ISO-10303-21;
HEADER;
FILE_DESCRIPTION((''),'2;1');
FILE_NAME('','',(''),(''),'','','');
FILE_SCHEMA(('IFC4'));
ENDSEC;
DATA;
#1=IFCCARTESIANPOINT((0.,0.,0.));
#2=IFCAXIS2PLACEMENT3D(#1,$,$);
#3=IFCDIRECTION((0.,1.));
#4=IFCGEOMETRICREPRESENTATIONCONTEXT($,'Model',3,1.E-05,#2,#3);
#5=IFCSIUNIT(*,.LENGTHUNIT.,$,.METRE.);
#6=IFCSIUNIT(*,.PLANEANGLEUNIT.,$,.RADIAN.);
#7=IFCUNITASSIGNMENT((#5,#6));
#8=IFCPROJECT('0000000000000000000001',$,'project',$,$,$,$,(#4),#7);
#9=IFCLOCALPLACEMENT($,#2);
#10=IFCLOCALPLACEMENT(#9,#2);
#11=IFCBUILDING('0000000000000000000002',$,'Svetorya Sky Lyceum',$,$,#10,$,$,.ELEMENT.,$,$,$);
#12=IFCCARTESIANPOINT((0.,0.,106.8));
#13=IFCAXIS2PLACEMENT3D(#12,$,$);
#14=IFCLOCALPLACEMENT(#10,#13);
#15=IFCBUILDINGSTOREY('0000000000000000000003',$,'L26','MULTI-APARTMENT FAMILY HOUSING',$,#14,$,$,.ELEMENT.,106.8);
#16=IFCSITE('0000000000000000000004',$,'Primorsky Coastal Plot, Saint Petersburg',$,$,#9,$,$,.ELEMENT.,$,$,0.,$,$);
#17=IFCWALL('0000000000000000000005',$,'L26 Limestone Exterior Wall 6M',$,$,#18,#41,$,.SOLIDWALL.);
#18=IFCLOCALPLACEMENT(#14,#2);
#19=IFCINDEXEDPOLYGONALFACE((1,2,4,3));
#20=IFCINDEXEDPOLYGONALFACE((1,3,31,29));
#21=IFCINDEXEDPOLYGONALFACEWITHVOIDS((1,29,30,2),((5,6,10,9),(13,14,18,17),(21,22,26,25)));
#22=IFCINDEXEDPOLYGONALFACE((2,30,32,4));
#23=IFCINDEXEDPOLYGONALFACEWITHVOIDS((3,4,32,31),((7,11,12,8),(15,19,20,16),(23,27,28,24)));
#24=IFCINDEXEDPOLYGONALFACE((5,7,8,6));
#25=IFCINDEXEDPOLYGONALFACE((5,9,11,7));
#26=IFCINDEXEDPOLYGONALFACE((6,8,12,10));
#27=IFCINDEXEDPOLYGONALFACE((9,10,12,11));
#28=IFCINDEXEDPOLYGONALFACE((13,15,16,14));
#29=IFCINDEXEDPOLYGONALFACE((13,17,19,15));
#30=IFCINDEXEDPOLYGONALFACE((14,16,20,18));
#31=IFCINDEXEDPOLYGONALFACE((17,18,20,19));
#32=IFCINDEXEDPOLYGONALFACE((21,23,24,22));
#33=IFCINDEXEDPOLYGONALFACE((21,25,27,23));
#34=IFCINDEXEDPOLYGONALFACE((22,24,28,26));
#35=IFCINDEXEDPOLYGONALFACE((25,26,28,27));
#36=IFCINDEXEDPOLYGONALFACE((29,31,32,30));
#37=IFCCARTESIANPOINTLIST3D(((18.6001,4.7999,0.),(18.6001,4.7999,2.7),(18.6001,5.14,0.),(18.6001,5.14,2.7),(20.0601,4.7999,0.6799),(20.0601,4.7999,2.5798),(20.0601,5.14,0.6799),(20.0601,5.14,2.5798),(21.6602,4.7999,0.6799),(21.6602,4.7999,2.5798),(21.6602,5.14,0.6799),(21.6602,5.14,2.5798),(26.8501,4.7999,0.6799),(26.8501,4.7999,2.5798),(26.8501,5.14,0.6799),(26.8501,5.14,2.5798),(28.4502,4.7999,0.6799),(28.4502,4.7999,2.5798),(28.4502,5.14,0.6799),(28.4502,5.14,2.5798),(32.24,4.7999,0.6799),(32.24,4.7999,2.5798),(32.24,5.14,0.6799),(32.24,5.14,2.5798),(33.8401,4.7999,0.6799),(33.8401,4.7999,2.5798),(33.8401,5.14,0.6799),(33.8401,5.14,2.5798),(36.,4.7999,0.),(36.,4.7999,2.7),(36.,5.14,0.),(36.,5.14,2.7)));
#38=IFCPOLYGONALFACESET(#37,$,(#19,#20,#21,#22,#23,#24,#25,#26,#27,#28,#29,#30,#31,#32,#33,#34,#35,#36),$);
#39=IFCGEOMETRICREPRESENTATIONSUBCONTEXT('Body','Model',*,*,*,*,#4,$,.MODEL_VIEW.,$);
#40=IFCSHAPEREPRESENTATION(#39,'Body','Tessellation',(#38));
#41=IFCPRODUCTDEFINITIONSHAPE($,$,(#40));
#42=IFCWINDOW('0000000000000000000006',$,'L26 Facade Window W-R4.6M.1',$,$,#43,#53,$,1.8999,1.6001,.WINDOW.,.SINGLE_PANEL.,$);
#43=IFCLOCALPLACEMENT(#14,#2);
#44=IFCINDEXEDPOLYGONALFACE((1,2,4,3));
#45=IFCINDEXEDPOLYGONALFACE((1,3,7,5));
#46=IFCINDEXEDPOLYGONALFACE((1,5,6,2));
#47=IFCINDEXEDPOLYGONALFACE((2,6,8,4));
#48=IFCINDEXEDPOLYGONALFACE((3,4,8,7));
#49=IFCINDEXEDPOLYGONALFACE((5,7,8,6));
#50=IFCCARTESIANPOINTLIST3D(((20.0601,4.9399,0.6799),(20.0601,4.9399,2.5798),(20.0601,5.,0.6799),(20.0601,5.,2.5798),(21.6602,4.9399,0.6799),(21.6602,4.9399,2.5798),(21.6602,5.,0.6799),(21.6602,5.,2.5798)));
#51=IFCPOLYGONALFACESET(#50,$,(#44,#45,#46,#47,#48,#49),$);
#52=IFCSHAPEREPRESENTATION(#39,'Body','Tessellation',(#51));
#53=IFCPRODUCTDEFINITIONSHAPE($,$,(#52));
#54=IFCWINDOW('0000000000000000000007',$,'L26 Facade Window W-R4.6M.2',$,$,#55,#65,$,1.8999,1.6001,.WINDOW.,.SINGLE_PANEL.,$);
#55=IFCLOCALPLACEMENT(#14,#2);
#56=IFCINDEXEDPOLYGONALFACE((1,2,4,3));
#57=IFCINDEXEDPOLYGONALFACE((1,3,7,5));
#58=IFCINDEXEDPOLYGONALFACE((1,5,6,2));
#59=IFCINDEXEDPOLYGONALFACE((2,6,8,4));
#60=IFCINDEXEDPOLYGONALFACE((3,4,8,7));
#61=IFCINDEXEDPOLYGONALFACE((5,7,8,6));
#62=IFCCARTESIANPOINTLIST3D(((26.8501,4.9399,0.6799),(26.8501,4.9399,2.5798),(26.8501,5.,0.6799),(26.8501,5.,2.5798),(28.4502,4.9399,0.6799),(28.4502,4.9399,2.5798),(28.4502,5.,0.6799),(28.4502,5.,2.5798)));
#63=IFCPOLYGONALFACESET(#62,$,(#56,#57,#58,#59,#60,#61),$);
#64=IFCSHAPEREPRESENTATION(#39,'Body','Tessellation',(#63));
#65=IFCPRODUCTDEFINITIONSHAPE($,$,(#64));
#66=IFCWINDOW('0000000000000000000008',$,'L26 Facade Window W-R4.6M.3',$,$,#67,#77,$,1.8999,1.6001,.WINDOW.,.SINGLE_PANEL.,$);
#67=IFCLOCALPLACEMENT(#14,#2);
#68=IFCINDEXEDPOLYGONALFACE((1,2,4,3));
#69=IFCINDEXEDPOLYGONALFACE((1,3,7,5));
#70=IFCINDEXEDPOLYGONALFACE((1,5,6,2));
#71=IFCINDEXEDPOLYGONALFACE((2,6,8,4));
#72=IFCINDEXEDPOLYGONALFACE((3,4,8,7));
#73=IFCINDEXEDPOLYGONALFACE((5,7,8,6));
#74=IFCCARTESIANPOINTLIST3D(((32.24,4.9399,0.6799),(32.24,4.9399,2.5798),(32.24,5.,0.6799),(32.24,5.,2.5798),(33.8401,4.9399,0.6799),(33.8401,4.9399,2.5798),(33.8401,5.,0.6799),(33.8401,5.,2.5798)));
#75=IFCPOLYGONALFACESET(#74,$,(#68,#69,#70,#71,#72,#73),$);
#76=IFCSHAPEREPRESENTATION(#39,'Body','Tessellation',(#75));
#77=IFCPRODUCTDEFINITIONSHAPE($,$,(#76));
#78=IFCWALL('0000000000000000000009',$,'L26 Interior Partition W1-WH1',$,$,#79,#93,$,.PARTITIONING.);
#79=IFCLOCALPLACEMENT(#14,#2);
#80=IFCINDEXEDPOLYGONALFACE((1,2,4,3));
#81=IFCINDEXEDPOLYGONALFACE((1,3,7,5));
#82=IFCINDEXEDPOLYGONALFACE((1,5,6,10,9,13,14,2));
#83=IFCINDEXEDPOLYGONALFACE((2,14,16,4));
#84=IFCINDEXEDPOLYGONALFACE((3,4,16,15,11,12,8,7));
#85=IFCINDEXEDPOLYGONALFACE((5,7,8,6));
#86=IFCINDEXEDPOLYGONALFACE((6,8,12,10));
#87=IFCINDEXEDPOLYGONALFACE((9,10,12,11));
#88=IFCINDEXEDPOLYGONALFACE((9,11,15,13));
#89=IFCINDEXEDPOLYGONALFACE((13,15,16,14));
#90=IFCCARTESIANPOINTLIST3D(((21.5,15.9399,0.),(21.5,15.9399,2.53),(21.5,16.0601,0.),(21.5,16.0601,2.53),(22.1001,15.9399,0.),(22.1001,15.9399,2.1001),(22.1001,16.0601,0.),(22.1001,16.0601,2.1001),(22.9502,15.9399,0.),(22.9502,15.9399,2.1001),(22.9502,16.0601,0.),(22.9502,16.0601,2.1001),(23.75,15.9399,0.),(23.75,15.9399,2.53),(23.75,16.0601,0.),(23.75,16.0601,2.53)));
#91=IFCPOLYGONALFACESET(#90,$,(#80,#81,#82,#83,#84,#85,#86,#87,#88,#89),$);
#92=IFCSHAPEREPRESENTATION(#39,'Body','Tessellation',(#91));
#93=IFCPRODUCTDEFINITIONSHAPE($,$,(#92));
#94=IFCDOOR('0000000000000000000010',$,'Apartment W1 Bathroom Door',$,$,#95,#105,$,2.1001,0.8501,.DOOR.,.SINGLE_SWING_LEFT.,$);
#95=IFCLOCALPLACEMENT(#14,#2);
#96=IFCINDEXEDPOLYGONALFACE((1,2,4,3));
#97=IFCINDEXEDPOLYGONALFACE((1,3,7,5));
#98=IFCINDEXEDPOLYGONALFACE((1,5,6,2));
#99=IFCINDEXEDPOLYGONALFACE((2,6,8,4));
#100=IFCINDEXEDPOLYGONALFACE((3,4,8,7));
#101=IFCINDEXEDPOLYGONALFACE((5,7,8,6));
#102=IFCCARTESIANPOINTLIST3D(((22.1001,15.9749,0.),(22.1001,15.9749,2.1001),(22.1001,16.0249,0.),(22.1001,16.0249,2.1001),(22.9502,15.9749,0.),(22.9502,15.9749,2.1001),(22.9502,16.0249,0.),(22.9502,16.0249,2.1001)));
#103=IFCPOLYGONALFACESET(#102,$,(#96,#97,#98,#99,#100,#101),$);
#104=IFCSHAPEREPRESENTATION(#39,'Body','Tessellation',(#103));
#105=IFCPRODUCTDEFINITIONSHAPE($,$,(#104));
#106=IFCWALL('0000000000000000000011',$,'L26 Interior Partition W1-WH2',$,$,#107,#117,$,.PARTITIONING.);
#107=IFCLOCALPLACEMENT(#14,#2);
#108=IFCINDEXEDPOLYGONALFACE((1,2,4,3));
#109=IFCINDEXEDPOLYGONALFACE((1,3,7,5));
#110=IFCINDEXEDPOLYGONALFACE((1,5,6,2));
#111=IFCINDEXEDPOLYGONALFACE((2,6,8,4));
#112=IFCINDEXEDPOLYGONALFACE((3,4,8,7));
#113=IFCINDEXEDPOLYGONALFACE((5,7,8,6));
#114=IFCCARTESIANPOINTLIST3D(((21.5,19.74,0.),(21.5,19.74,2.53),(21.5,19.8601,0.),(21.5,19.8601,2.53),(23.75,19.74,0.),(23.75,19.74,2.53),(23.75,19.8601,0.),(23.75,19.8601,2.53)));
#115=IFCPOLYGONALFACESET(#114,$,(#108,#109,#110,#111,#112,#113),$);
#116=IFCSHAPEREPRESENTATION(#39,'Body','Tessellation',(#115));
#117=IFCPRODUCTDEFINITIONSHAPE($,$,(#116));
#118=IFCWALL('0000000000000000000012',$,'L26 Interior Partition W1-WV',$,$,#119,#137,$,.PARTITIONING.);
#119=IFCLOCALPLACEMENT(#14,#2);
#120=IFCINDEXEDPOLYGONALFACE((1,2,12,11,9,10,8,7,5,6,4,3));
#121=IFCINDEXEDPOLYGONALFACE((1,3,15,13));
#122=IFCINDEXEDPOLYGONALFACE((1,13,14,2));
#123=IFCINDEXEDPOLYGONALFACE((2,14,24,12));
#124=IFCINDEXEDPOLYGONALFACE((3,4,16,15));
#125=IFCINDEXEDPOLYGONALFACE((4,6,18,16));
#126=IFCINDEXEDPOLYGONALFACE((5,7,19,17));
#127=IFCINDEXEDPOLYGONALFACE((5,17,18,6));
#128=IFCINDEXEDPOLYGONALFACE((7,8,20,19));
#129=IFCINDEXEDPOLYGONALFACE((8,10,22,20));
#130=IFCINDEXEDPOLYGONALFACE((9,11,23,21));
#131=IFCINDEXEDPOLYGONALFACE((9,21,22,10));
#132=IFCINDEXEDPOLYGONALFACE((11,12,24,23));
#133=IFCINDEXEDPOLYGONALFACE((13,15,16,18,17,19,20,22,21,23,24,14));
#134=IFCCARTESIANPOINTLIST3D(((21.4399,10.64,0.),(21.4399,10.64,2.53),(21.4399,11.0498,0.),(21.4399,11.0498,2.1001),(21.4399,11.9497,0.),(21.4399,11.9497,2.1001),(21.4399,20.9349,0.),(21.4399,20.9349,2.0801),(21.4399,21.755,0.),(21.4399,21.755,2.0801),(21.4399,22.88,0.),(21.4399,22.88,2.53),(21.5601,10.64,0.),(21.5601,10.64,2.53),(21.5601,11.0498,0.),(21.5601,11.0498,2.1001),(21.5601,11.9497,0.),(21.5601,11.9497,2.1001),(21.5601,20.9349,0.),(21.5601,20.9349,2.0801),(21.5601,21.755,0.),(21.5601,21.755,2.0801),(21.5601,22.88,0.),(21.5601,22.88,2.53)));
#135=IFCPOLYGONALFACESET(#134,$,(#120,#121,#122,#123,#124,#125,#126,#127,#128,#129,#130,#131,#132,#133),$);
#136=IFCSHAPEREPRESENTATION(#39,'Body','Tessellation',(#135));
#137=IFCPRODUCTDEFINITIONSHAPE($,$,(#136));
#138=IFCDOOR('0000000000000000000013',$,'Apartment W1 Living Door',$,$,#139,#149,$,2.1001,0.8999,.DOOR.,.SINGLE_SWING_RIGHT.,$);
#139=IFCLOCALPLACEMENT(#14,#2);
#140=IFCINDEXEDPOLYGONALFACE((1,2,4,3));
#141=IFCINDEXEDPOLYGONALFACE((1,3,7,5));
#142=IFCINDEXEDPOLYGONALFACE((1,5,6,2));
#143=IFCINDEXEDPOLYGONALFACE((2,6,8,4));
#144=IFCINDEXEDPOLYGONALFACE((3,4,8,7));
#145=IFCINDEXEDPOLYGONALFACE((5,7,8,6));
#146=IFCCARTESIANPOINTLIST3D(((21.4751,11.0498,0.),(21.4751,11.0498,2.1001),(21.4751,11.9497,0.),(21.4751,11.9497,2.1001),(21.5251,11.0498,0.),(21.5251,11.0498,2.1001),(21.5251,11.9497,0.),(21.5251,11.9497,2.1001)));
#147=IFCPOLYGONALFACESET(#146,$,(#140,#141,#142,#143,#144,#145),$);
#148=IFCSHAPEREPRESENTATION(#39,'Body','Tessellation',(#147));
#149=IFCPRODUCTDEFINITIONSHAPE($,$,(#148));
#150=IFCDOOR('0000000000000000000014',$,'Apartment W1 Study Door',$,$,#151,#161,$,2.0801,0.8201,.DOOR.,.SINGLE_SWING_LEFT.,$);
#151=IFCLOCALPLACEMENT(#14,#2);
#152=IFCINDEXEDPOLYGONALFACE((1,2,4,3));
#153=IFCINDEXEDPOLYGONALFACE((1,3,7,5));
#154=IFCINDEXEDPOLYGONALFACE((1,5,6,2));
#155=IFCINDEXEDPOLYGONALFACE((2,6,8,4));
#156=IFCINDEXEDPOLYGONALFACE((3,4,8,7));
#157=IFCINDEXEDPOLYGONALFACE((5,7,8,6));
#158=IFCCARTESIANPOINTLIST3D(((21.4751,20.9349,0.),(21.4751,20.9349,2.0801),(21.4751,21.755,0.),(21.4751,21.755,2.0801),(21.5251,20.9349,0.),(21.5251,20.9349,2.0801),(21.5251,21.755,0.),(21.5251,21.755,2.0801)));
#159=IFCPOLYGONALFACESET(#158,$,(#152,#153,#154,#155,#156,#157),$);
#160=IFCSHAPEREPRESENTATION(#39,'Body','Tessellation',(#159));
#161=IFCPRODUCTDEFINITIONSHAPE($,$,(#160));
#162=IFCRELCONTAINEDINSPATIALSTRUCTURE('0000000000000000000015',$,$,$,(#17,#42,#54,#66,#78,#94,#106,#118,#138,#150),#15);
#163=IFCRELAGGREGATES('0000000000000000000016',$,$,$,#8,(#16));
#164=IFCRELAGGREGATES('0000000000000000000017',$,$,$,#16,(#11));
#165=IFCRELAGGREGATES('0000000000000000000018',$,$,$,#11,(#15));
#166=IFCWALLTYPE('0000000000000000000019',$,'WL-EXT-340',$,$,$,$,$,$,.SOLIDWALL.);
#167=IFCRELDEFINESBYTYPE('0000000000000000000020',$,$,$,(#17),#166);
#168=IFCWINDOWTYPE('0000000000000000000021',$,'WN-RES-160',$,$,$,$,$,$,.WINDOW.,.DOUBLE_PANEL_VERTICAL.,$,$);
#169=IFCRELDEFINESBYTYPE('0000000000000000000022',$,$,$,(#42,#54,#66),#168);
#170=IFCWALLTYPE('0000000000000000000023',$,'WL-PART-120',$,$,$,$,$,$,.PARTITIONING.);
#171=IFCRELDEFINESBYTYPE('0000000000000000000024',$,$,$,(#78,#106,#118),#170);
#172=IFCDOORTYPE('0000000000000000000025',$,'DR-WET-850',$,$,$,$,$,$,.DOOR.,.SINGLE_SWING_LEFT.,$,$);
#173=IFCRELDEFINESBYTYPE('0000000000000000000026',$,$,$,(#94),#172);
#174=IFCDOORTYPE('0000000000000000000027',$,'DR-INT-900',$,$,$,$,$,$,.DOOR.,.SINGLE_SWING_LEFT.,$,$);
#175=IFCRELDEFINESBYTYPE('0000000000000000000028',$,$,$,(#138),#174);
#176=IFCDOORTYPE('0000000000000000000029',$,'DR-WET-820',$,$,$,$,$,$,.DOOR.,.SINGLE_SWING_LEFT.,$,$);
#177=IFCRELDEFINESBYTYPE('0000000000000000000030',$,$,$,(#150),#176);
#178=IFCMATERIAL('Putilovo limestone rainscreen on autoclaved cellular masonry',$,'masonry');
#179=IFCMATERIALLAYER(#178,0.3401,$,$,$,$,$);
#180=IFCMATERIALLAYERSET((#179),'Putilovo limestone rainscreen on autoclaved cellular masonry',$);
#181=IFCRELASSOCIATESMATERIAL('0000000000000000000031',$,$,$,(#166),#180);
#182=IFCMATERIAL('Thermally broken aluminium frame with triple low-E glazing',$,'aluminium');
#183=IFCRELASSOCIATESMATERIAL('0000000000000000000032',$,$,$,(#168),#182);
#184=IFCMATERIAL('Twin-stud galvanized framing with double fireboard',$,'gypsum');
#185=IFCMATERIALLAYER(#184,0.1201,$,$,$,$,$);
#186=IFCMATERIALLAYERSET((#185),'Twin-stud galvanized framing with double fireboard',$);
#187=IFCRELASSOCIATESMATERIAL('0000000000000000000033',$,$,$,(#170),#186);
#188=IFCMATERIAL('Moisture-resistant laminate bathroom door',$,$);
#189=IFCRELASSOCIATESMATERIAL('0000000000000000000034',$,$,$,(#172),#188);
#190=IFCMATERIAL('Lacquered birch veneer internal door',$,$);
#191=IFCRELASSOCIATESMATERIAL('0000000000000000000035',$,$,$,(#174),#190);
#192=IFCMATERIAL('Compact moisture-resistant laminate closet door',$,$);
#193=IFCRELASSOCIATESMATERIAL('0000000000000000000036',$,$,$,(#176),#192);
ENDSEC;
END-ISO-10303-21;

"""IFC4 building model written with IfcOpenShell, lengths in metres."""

from ifc_helpers import new_model, si_unit, direction, frame, frame_2d, origin, place, context, subcontext, project, spatial, rectangle, extrude, material, layer, layer_set, type_object, element, fill, save


model = new_model("IFC4")

# Units and contexts
model_context = context("Model", 3, precision=1e-05, world=origin(), true_north=direction((0.0, 1.0)))
body_context = subcontext(model_context, "Body", "Model", "MODEL_VIEW")
ifc_project = project(units=[si_unit("LENGTHUNIT", "METRE"), si_unit("PLANEANGLEUNIT", "RADIAN")], contexts=[model_context])

# Site, building, storey
site_placement = place(None, origin())
site = spatial("IfcSite", under=ifc_project, at=site_placement, Name="Primorsky Coastal Plot, Saint Petersburg", CompositionType="ELEMENT", RefElevation=0.0)
building_placement = place(site_placement, origin())
building = spatial("IfcBuilding", under=site, at=building_placement, Name="Svetorya Sky Lyceum", CompositionType="ELEMENT")
storey_placement = place(building_placement, frame((0.0, 0.0, 106.8)))
storey = spatial("IfcBuildingStorey", under=building, at=storey_placement, Name="L26", Description="MULTI-APARTMENT FAMILY HOUSING", CompositionType="ELEMENT", Elevation=106.8)

# Shared definitions
ifc_material_1 = material(Name="Putilovo limestone rainscreen on autoclaved cellular masonry", Category="masonry")
ifc_layer_1 = layer(ifc_material_1, 0.3401)
ifc_layer_set_1 = layer_set([ifc_layer_1], Name="Putilovo limestone rainscreen on autoclaved cellular masonry")
wall_type_1 = type_object("IfcWallType", Name="WL-EXT-340", PredefinedType="SOLIDWALL", material=ifc_layer_set_1)

# Wall, openings, windows
wall_1_placement = place(storey_placement, frame((18.6001, 4.97, 0.0), z_axis=(0.0, 0.0, 1.0), x_axis=(1.0, 0.0, 0.0)))
wall_1 = element("IfcWall", 1, at=wall_1_placement, inside=storey, type_object=wall_type_1, Name="L26 Limestone Exterior Wall 6M", PredefinedType="SOLIDWALL", context=body_context, shape_type="SweptSolid", body=[
    extrude(rectangle(XDim=17.3999, YDim=0.3401, at=frame_2d((8.7, 0.0))), origin(), (0.0, 0.0, 1.0), 2.7),
])
opening_1_placement = place(wall_1_placement, frame((1.46, 0.0, 0.6799)))
opening_1 = element("IfcOpeningElement", 2, at=opening_1_placement, cuts=wall_1, PredefinedType="OPENING", context=body_context, shape_type="SweptSolid", body=[
    extrude(rectangle(XDim=1.6001, YDim=1.8999, at=frame_2d((0.8, 0.95))), frame((0.0, 0.1799, 0.0), z_axis=(0.0, -1.0, 0.0), x_axis=(1.0, 0.0, 0.0)), (0.0, 0.0, 1.0), 0.3601),
])
opening_2_placement = place(wall_1_placement, frame((8.25, 0.0, 0.6799)))
opening_2 = element("IfcOpeningElement", 3, at=opening_2_placement, cuts=wall_1, PredefinedType="OPENING", context=body_context, shape_type="SweptSolid", body=[
    extrude(rectangle(XDim=1.6001, YDim=1.8999, at=frame_2d((0.8, 0.95))), frame((0.0, 0.1799, 0.0), z_axis=(0.0, -1.0, 0.0), x_axis=(1.0, 0.0, 0.0)), (0.0, 0.0, 1.0), 0.3601),
])
opening_3_placement = place(wall_1_placement, frame((13.6399, 0.0, 0.6799)))
opening_3 = element("IfcOpeningElement", 4, at=opening_3_placement, cuts=wall_1, PredefinedType="OPENING", context=body_context, shape_type="SweptSolid", body=[
    extrude(rectangle(XDim=1.6001, YDim=1.8999, at=frame_2d((0.8, 0.95))), frame((0.0, 0.1799, 0.0), z_axis=(0.0, -1.0, 0.0), x_axis=(1.0, 0.0, 0.0)), (0.0, 0.0, 1.0), 0.3601),
])
ifc_material_2 = material(Name="Thermally broken aluminium frame with triple low-E glazing", Category="aluminium")
window_type = type_object("IfcWindowType", Name="WN-RES-160", PartitioningType="DOUBLE_PANEL_VERTICAL", PredefinedType="WINDOW", material=ifc_material_2)
window_1_placement = place(opening_1_placement, origin())
window_1 = element("IfcWindow", 5, at=window_1_placement, inside=storey, type_object=window_type, Name="L26 Facade Window W-R4.6M.1", OverallHeight=1.8999, OverallWidth=1.6001, PartitioningType="SINGLE_PANEL", PredefinedType="WINDOW", context=body_context, shape_type="SweptSolid", body=[
    extrude(rectangle(XDim=1.6001, YDim=1.8999, at=frame_2d((0.8, 0.95))), frame((0.0, 0.03, 0.0), z_axis=(0.0, -1.0, 0.0), x_axis=(1.0, 0.0, 0.0)), (0.0, 0.0, 1.0), 0.0601),
])
fill(opening_1, window_1)
window_2_placement = place(opening_2_placement, origin())
window_2 = element("IfcWindow", 6, at=window_2_placement, inside=storey, type_object=window_type, Name="L26 Facade Window W-R4.6M.2", OverallHeight=1.8999, OverallWidth=1.6001, PartitioningType="SINGLE_PANEL", PredefinedType="WINDOW", context=body_context, shape_type="SweptSolid", body=[
    extrude(rectangle(XDim=1.6001, YDim=1.8999, at=frame_2d((0.8, 0.95))), frame((0.0, 0.03, 0.0), z_axis=(0.0, -1.0, 0.0), x_axis=(1.0, 0.0, 0.0)), (0.0, 0.0, 1.0), 0.0601),
])
fill(opening_2, window_2)
window_3_placement = place(opening_3_placement, origin())
window_3 = element("IfcWindow", 7, at=window_3_placement, inside=storey, type_object=window_type, Name="L26 Facade Window W-R4.6M.3", OverallHeight=1.8999, OverallWidth=1.6001, PartitioningType="SINGLE_PANEL", PredefinedType="WINDOW", context=body_context, shape_type="SweptSolid", body=[
    extrude(rectangle(XDim=1.6001, YDim=1.8999, at=frame_2d((0.8, 0.95))), frame((0.0, 0.03, 0.0), z_axis=(0.0, -1.0, 0.0), x_axis=(1.0, 0.0, 0.0)), (0.0, 0.0, 1.0), 0.0601),
])
fill(opening_3, window_3)

# Wall, opening, door
ifc_material_3 = material(Name="Twin-stud galvanized framing with double fireboard", Category="gypsum")
ifc_layer_2 = layer(ifc_material_3, 0.1201)
ifc_layer_set_2 = layer_set([ifc_layer_2], Name="Twin-stud galvanized framing with double fireboard")
wall_type_2 = type_object("IfcWallType", Name="WL-PART-120", PredefinedType="PARTITIONING", material=ifc_layer_set_2)
wall_2_placement = place(storey_placement, frame((21.5, 16.0, 0.0), z_axis=(0.0, 0.0, 1.0), x_axis=(1.0, 0.0, 0.0)))
wall_2 = element("IfcWall", 8, at=wall_2_placement, inside=storey, type_object=wall_type_2, Name="L26 Interior Partition W1-WH1", PredefinedType="PARTITIONING", context=body_context, shape_type="SweptSolid", body=[
    extrude(rectangle(XDim=2.25, YDim=0.1201, at=frame_2d((1.125, 0.0))), origin(), (0.0, 0.0, 1.0), 2.53),
])
opening_4_placement = place(wall_2_placement, frame((0.6001, 0.0, 0.0)))
opening_4 = element("IfcOpeningElement", 9, at=opening_4_placement, cuts=wall_2, PredefinedType="OPENING", context=body_context, shape_type="SweptSolid", body=[
    extrude(rectangle(XDim=0.8501, YDim=2.1001, at=frame_2d((0.425, 1.05))), frame((0.0, 0.0701, 0.0), z_axis=(0.0, -1.0, 0.0), x_axis=(1.0, 0.0, 0.0)), (0.0, 0.0, 1.0), 0.1401),
])
ifc_material_4 = material(Name="Moisture-resistant laminate bathroom door")
door_type_1 = type_object("IfcDoorType", Name="DR-WET-850", OperationType="SINGLE_SWING_LEFT", PredefinedType="DOOR", material=ifc_material_4)
door_1_placement = place(opening_4_placement, origin())
door_1 = element("IfcDoor", 10, at=door_1_placement, inside=storey, type_object=door_type_1, Name="Apartment W1 Bathroom Door", OperationType="SINGLE_SWING_LEFT", OverallHeight=2.1001, OverallWidth=0.8501, PredefinedType="DOOR", context=body_context, shape_type="SweptSolid", body=[
    extrude(rectangle(XDim=0.8501, YDim=2.1001, at=frame_2d((0.425, 1.05))), frame((0.0, 0.0249, 0.0), z_axis=(0.0, -1.0, 0.0), x_axis=(1.0, 0.0, 0.0)), (0.0, 0.0, 1.0), 0.05),
])
fill(opening_4, door_1)

# Wall
wall_3_placement = place(storey_placement, frame((21.5, 19.8, 0.0), z_axis=(0.0, 0.0, 1.0), x_axis=(1.0, 0.0, 0.0)))
element("IfcWall", 11, at=wall_3_placement, inside=storey, type_object=wall_type_2, Name="L26 Interior Partition W1-WH2", PredefinedType="PARTITIONING", context=body_context, shape_type="SweptSolid", body=[
    extrude(rectangle(XDim=2.25, YDim=0.1201, at=frame_2d((1.125, 0.0))), origin(), (0.0, 0.0, 1.0), 2.53),
])

# Wall, openings, doors
wall_4_placement = place(storey_placement, frame((21.5, 10.6399, 0.0), z_axis=(0.0, 0.0, 1.0), x_axis=(0.0, 1.0, 0.0)))
wall_4 = element("IfcWall", 12, at=wall_4_placement, inside=storey, type_object=wall_type_2, Name="L26 Interior Partition W1-WV", PredefinedType="PARTITIONING", context=body_context, shape_type="SweptSolid", body=[
    extrude(rectangle(XDim=12.24, YDim=0.1201, at=frame_2d((6.1201, 0.0))), origin(), (0.0, 0.0, 1.0), 2.53),
])
opening_5_placement = place(wall_4_placement, frame((0.4099, 0.0, 0.0)))
opening_5 = element("IfcOpeningElement", 13, at=opening_5_placement, cuts=wall_4, PredefinedType="OPENING", context=body_context, shape_type="SweptSolid", body=[
    extrude(rectangle(XDim=0.8999, YDim=2.1001, at=frame_2d((0.45, 1.05))), frame((0.0, 0.0701, 0.0), z_axis=(0.0, -1.0, 0.0), x_axis=(1.0, 0.0, 0.0)), (0.0, 0.0, 1.0), 0.1401),
])
opening_6_placement = place(wall_4_placement, frame((10.2949, 0.0, 0.0)))
opening_6 = element("IfcOpeningElement", 14, at=opening_6_placement, cuts=wall_4, PredefinedType="OPENING", context=body_context, shape_type="SweptSolid", body=[
    extrude(rectangle(XDim=0.8201, YDim=2.0801, at=frame_2d((0.4102, 1.04))), frame((0.0, 0.0701, 0.0), z_axis=(0.0, -1.0, 0.0), x_axis=(1.0, 0.0, 0.0)), (0.0, 0.0, 1.0), 0.1401),
])
ifc_material_5 = material(Name="Lacquered birch veneer internal door")
door_type_2 = type_object("IfcDoorType", Name="DR-INT-900", OperationType="SINGLE_SWING_LEFT", PredefinedType="DOOR", material=ifc_material_5)
door_2_placement = place(opening_5_placement, origin())
door_2 = element("IfcDoor", 15, at=door_2_placement, inside=storey, type_object=door_type_2, Name="Apartment W1 Living Door", OperationType="SINGLE_SWING_RIGHT", OverallHeight=2.1001, OverallWidth=0.8999, PredefinedType="DOOR", context=body_context, shape_type="SweptSolid", body=[
    extrude(rectangle(XDim=0.8999, YDim=2.1001, at=frame_2d((0.45, 1.05))), frame((0.0, 0.0249, 0.0), z_axis=(0.0, -1.0, 0.0), x_axis=(1.0, 0.0, 0.0)), (0.0, 0.0, 1.0), 0.05),
])
fill(opening_5, door_2)
ifc_material_6 = material(Name="Compact moisture-resistant laminate closet door")
door_type_3 = type_object("IfcDoorType", Name="DR-WET-820", OperationType="SINGLE_SWING_LEFT", PredefinedType="DOOR", material=ifc_material_6)
door_3_placement = place(opening_6_placement, origin())
door_3 = element("IfcDoor", 16, at=door_3_placement, inside=storey, type_object=door_type_3, Name="Apartment W1 Study Door", OperationType="SINGLE_SWING_LEFT", OverallHeight=2.0801, OverallWidth=0.8201, PredefinedType="DOOR", context=body_context, shape_type="SweptSolid", body=[
    extrude(rectangle(XDim=0.8201, YDim=2.0801, at=frame_2d((0.4102, 1.04))), frame((0.0, 0.0249, 0.0), z_axis=(0.0, -1.0, 0.0), x_axis=(1.0, 0.0, 0.0)), (0.0, 0.0, 1.0), 0.05),
])
fill(opening_6, door_3)

save(model, "model.ifc")
